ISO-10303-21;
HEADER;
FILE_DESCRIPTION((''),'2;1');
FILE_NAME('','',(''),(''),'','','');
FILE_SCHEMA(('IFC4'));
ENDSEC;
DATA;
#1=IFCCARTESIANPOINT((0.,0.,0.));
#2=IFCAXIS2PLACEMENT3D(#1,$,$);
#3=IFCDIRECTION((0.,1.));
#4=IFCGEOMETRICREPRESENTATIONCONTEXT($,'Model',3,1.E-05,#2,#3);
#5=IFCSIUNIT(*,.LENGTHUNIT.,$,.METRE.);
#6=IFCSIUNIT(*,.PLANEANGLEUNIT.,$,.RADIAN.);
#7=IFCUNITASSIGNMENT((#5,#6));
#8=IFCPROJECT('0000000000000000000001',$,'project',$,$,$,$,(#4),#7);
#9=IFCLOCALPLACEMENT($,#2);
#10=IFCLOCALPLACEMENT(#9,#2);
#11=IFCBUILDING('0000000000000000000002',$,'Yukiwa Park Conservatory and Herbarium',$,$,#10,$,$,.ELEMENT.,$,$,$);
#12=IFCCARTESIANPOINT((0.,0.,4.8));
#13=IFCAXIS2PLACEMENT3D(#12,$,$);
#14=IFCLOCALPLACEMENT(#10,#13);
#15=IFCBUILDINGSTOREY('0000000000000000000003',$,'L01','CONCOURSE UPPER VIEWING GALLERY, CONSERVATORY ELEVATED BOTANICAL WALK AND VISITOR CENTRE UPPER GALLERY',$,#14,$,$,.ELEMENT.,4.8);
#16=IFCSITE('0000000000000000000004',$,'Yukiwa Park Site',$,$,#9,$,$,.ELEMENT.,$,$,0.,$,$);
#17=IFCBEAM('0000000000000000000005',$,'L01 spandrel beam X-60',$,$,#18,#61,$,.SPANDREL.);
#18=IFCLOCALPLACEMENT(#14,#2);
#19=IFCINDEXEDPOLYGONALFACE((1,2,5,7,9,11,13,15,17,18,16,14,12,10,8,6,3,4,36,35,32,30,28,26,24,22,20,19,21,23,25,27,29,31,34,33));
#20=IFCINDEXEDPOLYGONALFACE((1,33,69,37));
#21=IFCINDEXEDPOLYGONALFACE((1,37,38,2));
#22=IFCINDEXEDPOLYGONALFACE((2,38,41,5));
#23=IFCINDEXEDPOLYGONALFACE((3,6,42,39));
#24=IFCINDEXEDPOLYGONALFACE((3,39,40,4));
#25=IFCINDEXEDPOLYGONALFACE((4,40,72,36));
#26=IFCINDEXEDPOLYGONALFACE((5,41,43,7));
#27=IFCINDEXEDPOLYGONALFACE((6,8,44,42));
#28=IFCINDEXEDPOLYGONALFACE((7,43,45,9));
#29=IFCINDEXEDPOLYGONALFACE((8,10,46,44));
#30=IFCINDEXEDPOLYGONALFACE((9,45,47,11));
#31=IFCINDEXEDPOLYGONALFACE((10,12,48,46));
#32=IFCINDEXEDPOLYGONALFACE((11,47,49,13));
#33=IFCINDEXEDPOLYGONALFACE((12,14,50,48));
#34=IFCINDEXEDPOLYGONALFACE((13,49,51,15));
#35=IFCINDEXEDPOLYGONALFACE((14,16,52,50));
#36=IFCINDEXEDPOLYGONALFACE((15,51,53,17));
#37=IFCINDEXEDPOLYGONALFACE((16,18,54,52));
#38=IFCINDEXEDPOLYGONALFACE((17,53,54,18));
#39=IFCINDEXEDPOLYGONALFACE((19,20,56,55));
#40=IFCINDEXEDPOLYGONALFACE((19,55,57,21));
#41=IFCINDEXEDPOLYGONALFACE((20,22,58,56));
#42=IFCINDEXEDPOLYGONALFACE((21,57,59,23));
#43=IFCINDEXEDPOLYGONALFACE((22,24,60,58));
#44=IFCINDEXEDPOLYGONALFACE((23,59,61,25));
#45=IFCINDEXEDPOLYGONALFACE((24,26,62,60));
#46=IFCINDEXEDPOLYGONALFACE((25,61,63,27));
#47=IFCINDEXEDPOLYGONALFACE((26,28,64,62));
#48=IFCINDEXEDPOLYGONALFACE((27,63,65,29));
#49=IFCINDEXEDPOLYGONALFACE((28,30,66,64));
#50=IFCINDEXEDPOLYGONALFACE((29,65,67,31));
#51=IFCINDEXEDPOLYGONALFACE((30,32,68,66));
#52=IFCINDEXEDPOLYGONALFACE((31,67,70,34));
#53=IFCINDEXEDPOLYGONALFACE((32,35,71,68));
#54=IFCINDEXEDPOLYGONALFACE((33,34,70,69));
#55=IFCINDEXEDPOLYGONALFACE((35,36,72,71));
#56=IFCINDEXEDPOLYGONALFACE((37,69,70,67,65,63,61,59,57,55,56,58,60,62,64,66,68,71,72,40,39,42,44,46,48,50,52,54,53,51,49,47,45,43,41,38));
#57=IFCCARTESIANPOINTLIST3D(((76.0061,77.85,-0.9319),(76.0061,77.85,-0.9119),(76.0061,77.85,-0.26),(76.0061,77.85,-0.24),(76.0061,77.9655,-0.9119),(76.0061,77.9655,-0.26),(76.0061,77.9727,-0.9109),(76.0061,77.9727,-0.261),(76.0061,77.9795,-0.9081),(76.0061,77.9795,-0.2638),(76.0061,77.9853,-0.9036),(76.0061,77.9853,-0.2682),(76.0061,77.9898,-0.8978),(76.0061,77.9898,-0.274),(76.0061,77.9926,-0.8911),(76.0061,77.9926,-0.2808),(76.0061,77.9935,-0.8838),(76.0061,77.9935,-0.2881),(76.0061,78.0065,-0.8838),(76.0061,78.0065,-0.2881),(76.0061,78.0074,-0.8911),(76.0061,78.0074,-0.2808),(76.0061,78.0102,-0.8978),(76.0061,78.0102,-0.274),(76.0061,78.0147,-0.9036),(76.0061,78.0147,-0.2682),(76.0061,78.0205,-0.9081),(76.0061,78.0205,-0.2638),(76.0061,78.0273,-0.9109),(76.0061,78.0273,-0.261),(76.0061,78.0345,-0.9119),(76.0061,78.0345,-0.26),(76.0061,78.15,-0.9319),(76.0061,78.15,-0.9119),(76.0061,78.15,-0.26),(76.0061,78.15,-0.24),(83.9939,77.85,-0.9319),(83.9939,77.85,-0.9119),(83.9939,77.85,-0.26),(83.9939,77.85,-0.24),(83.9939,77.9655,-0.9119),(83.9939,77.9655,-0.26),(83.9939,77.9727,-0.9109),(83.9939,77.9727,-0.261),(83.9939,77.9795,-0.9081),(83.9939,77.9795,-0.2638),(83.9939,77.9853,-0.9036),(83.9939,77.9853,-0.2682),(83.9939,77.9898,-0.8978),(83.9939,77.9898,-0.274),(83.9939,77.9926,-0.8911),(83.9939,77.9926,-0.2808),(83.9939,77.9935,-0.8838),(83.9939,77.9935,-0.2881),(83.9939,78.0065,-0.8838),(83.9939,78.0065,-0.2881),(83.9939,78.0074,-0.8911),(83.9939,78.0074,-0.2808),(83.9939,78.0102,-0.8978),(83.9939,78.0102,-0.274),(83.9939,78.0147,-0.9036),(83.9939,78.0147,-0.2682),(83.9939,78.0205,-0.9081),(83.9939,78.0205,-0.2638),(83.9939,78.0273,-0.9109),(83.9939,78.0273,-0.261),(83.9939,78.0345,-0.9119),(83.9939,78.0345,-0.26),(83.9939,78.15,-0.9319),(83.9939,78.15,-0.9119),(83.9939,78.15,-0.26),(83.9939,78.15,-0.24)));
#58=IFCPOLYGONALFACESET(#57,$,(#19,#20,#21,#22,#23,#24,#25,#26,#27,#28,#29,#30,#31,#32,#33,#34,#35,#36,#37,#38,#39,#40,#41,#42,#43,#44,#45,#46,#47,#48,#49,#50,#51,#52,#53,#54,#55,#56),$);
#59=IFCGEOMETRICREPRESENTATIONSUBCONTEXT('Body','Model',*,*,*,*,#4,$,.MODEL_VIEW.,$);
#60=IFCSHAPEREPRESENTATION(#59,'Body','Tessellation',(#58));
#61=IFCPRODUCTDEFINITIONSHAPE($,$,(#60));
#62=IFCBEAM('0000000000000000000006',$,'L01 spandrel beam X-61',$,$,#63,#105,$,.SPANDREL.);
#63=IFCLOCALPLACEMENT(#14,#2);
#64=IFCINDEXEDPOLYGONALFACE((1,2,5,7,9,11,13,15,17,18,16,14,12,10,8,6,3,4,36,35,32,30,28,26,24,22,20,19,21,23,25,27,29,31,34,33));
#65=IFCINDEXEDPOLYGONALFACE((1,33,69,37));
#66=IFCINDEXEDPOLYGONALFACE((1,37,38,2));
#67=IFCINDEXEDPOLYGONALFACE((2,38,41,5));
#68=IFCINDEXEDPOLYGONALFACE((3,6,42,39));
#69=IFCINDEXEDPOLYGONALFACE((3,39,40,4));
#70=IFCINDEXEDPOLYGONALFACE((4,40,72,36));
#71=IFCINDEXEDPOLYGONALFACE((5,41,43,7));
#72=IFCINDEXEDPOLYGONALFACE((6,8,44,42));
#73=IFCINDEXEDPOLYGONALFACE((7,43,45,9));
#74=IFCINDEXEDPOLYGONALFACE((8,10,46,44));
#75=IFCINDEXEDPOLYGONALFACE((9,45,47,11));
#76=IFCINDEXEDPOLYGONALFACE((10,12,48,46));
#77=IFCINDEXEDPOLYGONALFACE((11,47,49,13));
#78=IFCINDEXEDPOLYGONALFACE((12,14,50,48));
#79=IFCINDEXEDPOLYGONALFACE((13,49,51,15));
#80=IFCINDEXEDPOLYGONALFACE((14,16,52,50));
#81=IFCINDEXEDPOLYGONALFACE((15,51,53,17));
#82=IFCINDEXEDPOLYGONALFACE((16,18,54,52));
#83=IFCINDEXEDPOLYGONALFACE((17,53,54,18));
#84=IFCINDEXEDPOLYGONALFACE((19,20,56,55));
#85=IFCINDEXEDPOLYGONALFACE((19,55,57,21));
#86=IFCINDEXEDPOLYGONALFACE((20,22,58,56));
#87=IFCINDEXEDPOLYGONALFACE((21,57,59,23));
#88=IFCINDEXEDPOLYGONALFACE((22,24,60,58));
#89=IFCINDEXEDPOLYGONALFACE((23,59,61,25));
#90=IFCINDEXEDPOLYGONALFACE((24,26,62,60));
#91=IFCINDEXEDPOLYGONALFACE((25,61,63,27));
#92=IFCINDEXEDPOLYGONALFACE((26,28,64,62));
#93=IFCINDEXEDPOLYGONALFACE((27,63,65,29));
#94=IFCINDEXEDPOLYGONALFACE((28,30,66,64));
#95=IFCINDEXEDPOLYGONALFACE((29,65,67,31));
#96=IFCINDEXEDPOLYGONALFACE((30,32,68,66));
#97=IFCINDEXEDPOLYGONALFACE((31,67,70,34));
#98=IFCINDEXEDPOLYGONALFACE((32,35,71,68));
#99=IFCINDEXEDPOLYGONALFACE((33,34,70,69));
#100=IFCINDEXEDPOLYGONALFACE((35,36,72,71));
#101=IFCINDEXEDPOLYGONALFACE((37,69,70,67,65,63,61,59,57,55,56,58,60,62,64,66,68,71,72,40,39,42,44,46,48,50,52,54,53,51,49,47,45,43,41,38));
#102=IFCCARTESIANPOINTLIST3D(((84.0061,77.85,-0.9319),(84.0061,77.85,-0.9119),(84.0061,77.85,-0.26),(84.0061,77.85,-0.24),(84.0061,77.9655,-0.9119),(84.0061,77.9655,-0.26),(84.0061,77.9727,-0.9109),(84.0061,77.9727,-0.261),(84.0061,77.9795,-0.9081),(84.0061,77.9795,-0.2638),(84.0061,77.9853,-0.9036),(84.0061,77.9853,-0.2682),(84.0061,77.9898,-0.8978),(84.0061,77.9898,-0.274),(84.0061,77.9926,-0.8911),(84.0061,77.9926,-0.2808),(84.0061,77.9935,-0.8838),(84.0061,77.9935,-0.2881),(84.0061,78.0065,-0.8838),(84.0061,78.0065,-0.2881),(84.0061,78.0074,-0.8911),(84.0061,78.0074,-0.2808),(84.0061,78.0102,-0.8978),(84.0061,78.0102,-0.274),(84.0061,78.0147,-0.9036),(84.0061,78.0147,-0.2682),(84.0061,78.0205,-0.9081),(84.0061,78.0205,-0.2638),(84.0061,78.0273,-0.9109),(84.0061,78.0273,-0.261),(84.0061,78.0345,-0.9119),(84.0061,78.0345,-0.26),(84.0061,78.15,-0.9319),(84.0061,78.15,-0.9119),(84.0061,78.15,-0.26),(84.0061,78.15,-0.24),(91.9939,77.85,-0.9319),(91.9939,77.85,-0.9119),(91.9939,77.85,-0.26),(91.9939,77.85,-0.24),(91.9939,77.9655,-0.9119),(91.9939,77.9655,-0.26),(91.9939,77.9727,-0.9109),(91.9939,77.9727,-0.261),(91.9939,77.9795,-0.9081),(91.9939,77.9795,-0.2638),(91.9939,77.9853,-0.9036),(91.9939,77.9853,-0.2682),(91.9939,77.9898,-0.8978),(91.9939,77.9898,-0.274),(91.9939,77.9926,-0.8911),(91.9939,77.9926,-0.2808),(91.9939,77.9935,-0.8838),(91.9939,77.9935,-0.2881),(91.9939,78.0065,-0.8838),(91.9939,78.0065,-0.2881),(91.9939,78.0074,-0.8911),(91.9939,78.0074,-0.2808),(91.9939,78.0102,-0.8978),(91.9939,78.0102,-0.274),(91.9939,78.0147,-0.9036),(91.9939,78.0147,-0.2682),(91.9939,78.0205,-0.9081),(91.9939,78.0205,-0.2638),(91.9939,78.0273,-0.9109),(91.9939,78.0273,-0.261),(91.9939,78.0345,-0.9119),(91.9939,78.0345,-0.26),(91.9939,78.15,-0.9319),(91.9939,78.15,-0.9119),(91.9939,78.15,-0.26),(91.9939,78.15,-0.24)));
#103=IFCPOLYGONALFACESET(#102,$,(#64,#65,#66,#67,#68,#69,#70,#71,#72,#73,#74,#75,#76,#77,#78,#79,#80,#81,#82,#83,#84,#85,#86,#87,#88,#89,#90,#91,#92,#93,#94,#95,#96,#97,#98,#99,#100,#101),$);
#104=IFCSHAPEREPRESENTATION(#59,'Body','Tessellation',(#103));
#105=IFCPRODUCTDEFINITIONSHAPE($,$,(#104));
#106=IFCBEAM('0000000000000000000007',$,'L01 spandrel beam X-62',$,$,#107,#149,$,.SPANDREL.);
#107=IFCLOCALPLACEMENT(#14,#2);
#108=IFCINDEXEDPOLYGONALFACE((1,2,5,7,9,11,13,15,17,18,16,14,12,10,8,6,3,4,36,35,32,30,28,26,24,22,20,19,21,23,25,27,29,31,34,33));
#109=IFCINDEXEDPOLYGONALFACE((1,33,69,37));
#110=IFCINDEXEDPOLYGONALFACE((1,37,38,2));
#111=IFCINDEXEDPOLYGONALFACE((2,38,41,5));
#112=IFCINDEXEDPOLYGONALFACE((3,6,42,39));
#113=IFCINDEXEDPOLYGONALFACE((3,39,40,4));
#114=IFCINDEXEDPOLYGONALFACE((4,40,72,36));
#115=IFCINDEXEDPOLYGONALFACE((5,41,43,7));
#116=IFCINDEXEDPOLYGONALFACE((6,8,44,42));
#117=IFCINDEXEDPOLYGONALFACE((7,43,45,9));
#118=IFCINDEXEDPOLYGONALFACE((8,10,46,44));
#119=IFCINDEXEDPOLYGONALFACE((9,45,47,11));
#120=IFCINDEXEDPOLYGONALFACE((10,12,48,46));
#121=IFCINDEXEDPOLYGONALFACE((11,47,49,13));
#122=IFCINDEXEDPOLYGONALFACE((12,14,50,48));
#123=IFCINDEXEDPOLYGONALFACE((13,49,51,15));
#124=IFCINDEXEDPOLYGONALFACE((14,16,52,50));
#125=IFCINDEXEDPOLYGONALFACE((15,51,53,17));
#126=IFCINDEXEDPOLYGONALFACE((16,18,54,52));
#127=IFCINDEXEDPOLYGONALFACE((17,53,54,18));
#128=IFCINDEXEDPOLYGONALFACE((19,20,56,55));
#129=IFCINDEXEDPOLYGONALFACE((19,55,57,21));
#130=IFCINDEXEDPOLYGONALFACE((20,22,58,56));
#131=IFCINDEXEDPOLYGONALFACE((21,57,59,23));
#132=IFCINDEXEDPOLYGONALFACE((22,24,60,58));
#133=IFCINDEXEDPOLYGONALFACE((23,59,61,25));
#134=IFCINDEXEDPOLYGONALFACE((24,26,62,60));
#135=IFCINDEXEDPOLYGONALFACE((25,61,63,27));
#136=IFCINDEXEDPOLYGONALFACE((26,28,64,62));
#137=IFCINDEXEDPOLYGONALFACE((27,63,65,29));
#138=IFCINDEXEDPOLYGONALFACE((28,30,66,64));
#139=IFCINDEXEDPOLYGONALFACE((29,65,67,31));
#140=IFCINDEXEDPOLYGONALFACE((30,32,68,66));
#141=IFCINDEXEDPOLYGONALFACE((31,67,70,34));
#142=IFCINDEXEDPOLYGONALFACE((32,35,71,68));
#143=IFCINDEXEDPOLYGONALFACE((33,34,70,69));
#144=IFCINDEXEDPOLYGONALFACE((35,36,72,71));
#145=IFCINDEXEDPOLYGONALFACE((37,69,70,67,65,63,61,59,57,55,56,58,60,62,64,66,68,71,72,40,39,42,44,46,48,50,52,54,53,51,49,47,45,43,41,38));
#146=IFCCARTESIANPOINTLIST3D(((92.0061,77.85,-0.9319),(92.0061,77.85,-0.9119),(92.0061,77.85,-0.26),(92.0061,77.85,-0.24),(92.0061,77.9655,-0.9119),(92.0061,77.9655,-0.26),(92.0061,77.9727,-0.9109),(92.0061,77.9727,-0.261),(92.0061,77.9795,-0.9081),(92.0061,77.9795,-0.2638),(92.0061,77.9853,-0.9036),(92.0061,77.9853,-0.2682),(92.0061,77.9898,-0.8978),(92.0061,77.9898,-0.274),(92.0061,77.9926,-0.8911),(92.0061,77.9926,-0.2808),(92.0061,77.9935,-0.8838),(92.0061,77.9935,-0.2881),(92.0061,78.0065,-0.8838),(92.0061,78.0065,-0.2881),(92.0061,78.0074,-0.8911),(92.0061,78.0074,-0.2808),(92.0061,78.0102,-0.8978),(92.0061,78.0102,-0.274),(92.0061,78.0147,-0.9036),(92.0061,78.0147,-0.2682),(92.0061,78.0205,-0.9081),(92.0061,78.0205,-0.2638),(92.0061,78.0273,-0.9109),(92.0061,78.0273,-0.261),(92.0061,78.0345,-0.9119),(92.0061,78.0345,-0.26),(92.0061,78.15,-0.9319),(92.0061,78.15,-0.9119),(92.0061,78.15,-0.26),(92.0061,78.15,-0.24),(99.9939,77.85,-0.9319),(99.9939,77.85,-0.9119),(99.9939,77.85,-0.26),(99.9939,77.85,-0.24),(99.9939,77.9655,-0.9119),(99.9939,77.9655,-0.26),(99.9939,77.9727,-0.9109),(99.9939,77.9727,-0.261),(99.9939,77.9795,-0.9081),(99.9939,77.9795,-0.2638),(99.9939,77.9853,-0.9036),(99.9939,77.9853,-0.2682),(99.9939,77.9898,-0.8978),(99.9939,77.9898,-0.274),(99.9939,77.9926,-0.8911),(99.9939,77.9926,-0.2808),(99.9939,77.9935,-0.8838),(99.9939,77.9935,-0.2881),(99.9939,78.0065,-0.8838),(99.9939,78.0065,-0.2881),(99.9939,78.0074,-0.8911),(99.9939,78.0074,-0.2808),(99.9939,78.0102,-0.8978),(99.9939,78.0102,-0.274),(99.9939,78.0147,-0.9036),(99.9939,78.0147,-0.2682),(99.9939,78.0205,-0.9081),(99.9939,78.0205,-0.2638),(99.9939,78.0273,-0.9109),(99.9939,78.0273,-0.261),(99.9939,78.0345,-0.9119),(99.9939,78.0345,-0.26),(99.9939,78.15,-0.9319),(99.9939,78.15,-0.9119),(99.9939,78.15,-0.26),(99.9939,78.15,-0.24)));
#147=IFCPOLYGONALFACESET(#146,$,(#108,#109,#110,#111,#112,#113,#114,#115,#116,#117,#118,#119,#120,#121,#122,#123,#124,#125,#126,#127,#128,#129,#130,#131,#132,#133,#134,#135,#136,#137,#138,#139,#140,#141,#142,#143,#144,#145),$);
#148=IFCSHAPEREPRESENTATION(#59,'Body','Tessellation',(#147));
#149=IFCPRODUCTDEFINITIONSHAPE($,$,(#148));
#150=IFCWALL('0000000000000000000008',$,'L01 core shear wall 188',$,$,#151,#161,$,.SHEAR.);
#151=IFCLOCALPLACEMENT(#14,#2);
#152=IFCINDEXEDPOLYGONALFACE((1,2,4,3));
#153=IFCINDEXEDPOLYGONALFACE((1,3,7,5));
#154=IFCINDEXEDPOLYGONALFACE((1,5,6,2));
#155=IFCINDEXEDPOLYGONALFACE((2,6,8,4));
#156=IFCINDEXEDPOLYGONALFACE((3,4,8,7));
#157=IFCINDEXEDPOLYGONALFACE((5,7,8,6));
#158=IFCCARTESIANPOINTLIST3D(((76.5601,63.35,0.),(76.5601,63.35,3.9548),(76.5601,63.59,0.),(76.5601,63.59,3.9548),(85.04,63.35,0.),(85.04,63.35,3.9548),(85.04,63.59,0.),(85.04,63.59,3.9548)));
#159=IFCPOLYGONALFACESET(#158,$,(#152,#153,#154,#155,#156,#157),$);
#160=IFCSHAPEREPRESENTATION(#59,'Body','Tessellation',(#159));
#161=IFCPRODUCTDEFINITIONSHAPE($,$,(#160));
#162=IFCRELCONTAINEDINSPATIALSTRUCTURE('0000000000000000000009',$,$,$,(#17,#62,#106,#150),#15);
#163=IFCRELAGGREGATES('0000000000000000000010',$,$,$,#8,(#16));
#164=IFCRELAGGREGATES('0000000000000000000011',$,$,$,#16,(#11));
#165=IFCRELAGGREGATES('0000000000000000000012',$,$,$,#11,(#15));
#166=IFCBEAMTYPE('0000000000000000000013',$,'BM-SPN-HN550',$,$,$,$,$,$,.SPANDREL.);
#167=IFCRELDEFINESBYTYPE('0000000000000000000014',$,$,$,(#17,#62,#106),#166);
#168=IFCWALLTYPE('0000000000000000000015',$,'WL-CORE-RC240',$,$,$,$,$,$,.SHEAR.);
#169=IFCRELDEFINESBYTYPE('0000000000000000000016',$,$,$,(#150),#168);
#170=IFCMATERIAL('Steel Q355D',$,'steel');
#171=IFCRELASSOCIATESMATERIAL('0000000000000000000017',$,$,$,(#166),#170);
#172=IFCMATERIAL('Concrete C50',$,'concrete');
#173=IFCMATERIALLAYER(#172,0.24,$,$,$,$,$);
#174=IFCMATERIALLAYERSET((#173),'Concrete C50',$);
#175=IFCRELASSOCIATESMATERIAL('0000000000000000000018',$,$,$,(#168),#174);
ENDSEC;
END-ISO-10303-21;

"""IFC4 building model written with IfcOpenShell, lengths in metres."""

from ifc_helpers import new_model, si_unit, direction, frame, frame_2d, origin, origin_2d, place, context, subcontext, project, spatial, rectangle, i_section, extrude, material, layer, layer_set, material_profile, profile_set, type_object, element, save


model = new_model("IFC4")

# Units and contexts
model_context = context("Model", 3, precision=1e-05, world=origin(), true_north=direction((0.0, 1.0)))
body_context = subcontext(model_context, "Body", "Model", "MODEL_VIEW")
ifc_project = project(units=[si_unit("LENGTHUNIT", "METRE"), si_unit("PLANEANGLEUNIT", "RADIAN")], contexts=[model_context])

# Site, building, storey
site_placement = place(None, origin())
site = spatial("IfcSite", under=ifc_project, at=site_placement, Name="Yukiwa Park Site", CompositionType="ELEMENT", RefElevation=0.0)
building_placement = place(site_placement, origin())
building = spatial("IfcBuilding", under=site, at=building_placement, Name="Yukiwa Park Conservatory and Herbarium", CompositionType="ELEMENT")
storey_placement = place(building_placement, frame((0.0, 0.0, 4.8)))
storey = spatial("IfcBuildingStorey", under=building, at=storey_placement, Name="L01", Description="CONCOURSE UPPER VIEWING GALLERY, CONSERVATORY ELEVATED BOTANICAL WALK AND VISITOR CENTRE UPPER GALLERY", CompositionType="ELEMENT", Elevation=4.8)

# Beams
ifc_material_1 = material(Name="Steel Q355D", Category="steel")
ifc_material_profile_1 = material_profile(ifc_material_1, i_section(OverallWidth=0.3, OverallDepth=0.6919, WebThickness=0.0129, FlangeThickness=0.02, FilletRadius=0.0281, at=origin_2d()), Name="HN 692x300x13x20")
ifc_profile_set_1 = profile_set([ifc_material_profile_1], Name="Steel Q355D")
beam_type_1 = type_object("IfcBeamType", Name="BM-SPN-HN550", PredefinedType="SPANDREL", material=ifc_profile_set_1)
for number, where, z_axis, x_axis, name in (
    (1, (76.0061, 78.0, -0.5859), (1.0, 0.0, 0.0), (0.0, 1.0, 0.0), "L01 spandrel beam X-60"),
    (2, (84.0061, 78.0, -0.5859), (1.0, 0.0, 0.0), (0.0, 1.0, 0.0), "L01 spandrel beam X-61"),
    (3, (92.0061, 78.0, -0.5859), (1.0, 0.0, 0.0), (0.0, 1.0, 0.0), "L01 spandrel beam X-62"),
):
    element("IfcBeam", number, at=place(storey_placement, frame(where, z_axis=z_axis, x_axis=x_axis)), inside=storey, type_object=beam_type_1, Name=name, PredefinedType="SPANDREL", context=body_context, shape_type="SweptSolid", body=[
        extrude(i_section(OverallWidth=0.3, OverallDepth=0.6919, WebThickness=0.0129, FlangeThickness=0.02, FilletRadius=0.0281, at=origin_2d()), origin(), (0.0, 0.0, 1.0), 7.9878),
    ])

# Wall
ifc_material_2 = material(Name="Concrete C50", Category="concrete")
ifc_layer_1 = layer(ifc_material_2, 0.24)
ifc_layer_set_1 = layer_set([ifc_layer_1], Name="Concrete C50")
wall_type_1 = type_object("IfcWallType", Name="WL-CORE-RC240", PredefinedType="SHEAR", material=ifc_layer_set_1)
wall_1_placement = place(storey_placement, frame((76.5601, 63.47, 0.0), z_axis=(0.0, 0.0, 1.0), x_axis=(1.0, 0.0, 0.0)))
element("IfcWall", 4, at=wall_1_placement, inside=storey, type_object=wall_type_1, Name="L01 core shear wall 188", PredefinedType="SHEAR", context=body_context, shape_type="SweptSolid", body=[
    extrude(rectangle(XDim=8.48, YDim=0.24, at=frame_2d((4.24, 0.0))), origin(), (0.0, 0.0, 1.0), 3.9548),
])

save(model, "model.ifc")
